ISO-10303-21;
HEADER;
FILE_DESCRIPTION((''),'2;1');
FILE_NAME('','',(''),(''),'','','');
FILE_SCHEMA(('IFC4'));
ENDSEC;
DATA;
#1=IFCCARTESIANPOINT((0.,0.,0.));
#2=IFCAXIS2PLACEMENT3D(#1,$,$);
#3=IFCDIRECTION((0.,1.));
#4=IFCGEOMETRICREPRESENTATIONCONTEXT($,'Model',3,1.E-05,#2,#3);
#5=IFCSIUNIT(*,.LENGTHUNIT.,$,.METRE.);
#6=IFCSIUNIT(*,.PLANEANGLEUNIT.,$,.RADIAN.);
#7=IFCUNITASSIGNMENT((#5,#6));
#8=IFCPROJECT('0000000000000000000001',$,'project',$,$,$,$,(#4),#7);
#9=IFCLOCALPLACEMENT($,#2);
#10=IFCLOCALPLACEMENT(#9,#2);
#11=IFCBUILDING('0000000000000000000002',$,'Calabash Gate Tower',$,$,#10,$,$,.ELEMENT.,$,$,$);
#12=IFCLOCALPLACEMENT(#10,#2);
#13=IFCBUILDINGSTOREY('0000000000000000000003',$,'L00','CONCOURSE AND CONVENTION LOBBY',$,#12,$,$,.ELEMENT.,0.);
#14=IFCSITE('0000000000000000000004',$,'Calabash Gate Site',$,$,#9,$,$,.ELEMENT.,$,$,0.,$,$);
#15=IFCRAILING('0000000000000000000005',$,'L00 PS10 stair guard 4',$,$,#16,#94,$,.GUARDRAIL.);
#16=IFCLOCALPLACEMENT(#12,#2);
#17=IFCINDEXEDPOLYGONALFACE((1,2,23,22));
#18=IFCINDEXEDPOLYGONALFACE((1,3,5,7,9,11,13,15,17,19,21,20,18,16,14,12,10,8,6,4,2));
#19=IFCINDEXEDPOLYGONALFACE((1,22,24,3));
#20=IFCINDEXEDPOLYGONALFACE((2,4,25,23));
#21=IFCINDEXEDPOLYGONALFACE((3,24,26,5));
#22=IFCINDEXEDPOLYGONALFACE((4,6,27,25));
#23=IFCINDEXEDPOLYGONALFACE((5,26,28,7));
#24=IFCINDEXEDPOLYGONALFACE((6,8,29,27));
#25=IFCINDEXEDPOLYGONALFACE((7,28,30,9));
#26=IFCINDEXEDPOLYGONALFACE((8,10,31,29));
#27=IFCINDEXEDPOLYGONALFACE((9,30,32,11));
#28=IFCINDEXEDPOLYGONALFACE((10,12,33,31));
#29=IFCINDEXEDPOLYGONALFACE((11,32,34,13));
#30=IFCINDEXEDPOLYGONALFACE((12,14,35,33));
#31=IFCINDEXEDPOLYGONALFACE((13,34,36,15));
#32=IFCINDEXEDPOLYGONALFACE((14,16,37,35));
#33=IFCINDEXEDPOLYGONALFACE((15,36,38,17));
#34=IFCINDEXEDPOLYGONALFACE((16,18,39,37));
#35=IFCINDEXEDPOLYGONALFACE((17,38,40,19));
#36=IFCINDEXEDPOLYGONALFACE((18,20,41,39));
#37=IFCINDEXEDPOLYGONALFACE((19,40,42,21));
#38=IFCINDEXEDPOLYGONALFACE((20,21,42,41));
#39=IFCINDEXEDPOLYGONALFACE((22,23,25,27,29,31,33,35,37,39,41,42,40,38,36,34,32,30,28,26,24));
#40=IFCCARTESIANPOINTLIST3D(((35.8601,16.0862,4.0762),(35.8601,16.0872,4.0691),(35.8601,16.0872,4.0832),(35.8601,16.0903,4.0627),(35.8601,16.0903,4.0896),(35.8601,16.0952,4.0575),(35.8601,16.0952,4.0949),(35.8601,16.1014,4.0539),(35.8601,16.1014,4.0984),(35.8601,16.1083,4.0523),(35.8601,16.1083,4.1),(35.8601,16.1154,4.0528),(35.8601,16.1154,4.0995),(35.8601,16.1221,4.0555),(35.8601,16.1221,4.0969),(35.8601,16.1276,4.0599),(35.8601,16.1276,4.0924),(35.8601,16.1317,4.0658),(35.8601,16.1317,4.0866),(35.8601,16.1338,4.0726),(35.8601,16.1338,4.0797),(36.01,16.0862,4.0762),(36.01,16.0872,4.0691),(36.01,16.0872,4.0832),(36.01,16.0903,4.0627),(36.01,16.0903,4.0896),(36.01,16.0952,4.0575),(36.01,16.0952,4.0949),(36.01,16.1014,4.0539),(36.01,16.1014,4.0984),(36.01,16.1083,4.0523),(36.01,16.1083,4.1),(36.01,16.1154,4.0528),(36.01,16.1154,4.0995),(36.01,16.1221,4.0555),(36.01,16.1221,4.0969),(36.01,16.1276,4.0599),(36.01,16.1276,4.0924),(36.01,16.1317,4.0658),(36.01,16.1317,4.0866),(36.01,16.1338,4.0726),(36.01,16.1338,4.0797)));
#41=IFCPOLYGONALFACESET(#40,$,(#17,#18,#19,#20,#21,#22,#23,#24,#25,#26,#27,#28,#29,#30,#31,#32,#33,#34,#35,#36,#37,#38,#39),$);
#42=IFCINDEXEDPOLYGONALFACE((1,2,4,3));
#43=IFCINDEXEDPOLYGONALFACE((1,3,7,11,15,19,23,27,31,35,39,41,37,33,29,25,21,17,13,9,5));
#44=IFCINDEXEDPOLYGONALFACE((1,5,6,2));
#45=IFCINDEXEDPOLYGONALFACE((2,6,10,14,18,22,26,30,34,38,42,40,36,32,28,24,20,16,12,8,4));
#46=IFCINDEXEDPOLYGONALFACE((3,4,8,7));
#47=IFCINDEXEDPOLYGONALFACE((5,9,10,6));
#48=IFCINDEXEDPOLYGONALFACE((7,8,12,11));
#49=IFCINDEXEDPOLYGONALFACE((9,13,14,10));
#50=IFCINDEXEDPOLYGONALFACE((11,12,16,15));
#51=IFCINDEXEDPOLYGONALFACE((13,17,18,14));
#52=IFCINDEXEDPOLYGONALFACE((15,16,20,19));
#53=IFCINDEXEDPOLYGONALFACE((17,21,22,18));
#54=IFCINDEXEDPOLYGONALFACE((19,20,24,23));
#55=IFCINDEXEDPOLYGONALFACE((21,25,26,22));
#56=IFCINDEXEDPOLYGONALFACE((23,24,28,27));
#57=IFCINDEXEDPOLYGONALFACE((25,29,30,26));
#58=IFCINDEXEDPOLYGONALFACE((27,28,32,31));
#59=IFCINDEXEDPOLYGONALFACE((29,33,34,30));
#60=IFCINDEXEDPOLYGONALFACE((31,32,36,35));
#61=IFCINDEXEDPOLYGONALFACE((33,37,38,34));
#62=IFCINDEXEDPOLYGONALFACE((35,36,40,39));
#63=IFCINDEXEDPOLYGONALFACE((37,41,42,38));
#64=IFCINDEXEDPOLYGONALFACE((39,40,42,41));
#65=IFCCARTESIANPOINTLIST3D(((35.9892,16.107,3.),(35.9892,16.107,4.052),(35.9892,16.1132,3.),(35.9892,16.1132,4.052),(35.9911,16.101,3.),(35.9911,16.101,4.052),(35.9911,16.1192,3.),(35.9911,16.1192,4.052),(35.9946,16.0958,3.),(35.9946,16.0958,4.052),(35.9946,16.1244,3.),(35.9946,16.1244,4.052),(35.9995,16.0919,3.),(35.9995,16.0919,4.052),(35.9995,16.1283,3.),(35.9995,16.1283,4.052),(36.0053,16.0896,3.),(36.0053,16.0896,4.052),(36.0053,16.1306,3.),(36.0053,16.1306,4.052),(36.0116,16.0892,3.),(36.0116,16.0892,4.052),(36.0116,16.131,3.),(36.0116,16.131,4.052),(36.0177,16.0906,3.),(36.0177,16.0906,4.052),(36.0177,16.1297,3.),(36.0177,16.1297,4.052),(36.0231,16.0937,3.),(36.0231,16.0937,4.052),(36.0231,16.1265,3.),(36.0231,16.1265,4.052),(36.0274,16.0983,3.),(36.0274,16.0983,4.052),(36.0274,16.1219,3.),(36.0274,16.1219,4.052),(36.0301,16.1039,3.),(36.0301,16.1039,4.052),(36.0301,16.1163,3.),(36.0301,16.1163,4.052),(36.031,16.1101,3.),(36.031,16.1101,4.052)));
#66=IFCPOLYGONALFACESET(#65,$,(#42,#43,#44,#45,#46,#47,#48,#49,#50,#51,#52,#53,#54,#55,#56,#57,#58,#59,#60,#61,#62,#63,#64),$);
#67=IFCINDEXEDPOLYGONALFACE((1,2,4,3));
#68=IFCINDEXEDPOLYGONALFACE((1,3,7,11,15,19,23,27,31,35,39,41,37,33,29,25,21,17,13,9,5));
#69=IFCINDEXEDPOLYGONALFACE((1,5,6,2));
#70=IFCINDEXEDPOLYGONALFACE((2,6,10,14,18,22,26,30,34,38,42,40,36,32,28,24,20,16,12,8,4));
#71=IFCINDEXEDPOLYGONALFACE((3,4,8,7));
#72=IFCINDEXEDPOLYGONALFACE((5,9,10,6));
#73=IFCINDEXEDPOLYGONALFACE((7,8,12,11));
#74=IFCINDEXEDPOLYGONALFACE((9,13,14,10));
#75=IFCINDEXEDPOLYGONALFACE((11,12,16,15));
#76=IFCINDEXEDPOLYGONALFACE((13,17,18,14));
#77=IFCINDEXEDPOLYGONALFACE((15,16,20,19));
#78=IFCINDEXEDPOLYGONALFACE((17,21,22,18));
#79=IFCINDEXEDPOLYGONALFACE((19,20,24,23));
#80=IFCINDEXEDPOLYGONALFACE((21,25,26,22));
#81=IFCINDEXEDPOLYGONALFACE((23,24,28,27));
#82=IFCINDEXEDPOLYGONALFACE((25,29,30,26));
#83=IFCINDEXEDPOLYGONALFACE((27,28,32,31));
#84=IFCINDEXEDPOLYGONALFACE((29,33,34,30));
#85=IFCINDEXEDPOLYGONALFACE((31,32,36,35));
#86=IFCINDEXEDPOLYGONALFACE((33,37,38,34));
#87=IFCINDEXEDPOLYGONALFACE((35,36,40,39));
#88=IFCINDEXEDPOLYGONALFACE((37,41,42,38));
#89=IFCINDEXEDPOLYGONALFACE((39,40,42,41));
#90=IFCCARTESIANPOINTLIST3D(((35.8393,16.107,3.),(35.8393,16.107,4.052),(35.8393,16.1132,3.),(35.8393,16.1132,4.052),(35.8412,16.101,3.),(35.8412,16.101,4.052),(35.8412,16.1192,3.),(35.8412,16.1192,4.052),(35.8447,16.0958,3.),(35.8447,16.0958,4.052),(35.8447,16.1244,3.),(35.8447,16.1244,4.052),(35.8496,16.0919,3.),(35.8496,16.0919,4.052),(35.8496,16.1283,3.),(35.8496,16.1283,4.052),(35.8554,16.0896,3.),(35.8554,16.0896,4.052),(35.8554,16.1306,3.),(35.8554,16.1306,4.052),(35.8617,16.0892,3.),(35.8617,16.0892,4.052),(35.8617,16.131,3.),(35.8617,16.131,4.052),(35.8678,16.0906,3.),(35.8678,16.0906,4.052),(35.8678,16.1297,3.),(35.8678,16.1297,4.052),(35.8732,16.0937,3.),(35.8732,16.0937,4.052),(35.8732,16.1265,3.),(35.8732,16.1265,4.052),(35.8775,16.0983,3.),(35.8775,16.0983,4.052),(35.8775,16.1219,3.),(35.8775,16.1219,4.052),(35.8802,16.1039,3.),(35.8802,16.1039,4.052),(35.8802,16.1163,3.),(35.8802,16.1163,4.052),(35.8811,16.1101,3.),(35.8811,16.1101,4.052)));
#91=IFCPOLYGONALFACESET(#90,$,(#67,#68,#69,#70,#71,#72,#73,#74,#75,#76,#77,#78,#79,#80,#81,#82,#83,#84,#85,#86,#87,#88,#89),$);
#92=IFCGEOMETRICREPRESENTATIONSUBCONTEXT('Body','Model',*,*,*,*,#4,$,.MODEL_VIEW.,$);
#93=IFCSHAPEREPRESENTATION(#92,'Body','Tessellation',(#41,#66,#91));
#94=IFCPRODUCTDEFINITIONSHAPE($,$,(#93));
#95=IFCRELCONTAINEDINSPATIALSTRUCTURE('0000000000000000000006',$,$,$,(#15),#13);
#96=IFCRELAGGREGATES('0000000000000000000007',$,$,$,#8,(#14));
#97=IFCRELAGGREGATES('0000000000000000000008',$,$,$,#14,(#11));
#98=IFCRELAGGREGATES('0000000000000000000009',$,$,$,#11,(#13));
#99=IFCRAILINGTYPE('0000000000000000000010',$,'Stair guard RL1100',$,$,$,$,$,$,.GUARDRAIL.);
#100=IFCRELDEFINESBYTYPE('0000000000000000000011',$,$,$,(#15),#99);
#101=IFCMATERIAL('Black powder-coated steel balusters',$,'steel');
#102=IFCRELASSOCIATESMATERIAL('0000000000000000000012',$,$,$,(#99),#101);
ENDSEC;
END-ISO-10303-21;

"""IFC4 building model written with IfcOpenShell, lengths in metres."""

from ifc_helpers import new_model, si_unit, direction, frame, origin, origin_2d, place, context, subcontext, project, spatial, circle, extrude, material, type_object, element, save


model = new_model("IFC4")

# Units and contexts
model_context = context("Model", 3, precision=1e-05, world=origin(), true_north=direction((0.0, 1.0)))
body_context = subcontext(model_context, "Body", "Model", "MODEL_VIEW")
ifc_project = project(units=[si_unit("LENGTHUNIT", "METRE"), si_unit("PLANEANGLEUNIT", "RADIAN")], contexts=[model_context])

# Site, building, storey
site_placement = place(None, origin())
site = spatial("IfcSite", under=ifc_project, at=site_placement, Name="Calabash Gate Site", CompositionType="ELEMENT", RefElevation=0.0)
building_placement = place(site_placement, origin())
building = spatial("IfcBuilding", under=site, at=building_placement, Name="Calabash Gate Tower", CompositionType="ELEMENT")
storey_placement = place(building_placement, origin())
storey = spatial("IfcBuildingStorey", under=building, at=storey_placement, Name="L00", Description="CONCOURSE AND CONVENTION LOBBY", CompositionType="ELEMENT", Elevation=0.0)

# Railing
ifc_material_1 = material(Name="Black powder-coated steel balusters", Category="steel")
railing_type_1 = type_object("IfcRailingType", Name="Stair guard RL1100", PredefinedType="GUARDRAIL", material=ifc_material_1)
railing_1_placement = place(storey_placement, frame((36.01, 16.1101, 3.0)))
element("IfcRailing", 1, at=railing_1_placement, inside=storey, type_object=railing_type_1, Name="L00 PS10 stair guard 4", PredefinedType="GUARDRAIL", context=body_context, shape_type="SweptSolid", body=[
    extrude(circle(Radius=0.0239, at=origin_2d()), frame((0.0, 0.0, 1.0762), z_axis=(-1.0, 0.0, 0.0), x_axis=(0.0, -1.0, 0.0)), (0.0, 0.0, 1.0), 0.1499),
    extrude(circle(Radius=0.021, at=origin_2d()), origin(), (0.0, 0.0, 1.0), 1.052),
    extrude(circle(Radius=0.021, at=origin_2d()), frame((-0.1499, 0.0, 0.0)), (0.0, 0.0, 1.0), 1.052),
])

save(model, "model.ifc")
